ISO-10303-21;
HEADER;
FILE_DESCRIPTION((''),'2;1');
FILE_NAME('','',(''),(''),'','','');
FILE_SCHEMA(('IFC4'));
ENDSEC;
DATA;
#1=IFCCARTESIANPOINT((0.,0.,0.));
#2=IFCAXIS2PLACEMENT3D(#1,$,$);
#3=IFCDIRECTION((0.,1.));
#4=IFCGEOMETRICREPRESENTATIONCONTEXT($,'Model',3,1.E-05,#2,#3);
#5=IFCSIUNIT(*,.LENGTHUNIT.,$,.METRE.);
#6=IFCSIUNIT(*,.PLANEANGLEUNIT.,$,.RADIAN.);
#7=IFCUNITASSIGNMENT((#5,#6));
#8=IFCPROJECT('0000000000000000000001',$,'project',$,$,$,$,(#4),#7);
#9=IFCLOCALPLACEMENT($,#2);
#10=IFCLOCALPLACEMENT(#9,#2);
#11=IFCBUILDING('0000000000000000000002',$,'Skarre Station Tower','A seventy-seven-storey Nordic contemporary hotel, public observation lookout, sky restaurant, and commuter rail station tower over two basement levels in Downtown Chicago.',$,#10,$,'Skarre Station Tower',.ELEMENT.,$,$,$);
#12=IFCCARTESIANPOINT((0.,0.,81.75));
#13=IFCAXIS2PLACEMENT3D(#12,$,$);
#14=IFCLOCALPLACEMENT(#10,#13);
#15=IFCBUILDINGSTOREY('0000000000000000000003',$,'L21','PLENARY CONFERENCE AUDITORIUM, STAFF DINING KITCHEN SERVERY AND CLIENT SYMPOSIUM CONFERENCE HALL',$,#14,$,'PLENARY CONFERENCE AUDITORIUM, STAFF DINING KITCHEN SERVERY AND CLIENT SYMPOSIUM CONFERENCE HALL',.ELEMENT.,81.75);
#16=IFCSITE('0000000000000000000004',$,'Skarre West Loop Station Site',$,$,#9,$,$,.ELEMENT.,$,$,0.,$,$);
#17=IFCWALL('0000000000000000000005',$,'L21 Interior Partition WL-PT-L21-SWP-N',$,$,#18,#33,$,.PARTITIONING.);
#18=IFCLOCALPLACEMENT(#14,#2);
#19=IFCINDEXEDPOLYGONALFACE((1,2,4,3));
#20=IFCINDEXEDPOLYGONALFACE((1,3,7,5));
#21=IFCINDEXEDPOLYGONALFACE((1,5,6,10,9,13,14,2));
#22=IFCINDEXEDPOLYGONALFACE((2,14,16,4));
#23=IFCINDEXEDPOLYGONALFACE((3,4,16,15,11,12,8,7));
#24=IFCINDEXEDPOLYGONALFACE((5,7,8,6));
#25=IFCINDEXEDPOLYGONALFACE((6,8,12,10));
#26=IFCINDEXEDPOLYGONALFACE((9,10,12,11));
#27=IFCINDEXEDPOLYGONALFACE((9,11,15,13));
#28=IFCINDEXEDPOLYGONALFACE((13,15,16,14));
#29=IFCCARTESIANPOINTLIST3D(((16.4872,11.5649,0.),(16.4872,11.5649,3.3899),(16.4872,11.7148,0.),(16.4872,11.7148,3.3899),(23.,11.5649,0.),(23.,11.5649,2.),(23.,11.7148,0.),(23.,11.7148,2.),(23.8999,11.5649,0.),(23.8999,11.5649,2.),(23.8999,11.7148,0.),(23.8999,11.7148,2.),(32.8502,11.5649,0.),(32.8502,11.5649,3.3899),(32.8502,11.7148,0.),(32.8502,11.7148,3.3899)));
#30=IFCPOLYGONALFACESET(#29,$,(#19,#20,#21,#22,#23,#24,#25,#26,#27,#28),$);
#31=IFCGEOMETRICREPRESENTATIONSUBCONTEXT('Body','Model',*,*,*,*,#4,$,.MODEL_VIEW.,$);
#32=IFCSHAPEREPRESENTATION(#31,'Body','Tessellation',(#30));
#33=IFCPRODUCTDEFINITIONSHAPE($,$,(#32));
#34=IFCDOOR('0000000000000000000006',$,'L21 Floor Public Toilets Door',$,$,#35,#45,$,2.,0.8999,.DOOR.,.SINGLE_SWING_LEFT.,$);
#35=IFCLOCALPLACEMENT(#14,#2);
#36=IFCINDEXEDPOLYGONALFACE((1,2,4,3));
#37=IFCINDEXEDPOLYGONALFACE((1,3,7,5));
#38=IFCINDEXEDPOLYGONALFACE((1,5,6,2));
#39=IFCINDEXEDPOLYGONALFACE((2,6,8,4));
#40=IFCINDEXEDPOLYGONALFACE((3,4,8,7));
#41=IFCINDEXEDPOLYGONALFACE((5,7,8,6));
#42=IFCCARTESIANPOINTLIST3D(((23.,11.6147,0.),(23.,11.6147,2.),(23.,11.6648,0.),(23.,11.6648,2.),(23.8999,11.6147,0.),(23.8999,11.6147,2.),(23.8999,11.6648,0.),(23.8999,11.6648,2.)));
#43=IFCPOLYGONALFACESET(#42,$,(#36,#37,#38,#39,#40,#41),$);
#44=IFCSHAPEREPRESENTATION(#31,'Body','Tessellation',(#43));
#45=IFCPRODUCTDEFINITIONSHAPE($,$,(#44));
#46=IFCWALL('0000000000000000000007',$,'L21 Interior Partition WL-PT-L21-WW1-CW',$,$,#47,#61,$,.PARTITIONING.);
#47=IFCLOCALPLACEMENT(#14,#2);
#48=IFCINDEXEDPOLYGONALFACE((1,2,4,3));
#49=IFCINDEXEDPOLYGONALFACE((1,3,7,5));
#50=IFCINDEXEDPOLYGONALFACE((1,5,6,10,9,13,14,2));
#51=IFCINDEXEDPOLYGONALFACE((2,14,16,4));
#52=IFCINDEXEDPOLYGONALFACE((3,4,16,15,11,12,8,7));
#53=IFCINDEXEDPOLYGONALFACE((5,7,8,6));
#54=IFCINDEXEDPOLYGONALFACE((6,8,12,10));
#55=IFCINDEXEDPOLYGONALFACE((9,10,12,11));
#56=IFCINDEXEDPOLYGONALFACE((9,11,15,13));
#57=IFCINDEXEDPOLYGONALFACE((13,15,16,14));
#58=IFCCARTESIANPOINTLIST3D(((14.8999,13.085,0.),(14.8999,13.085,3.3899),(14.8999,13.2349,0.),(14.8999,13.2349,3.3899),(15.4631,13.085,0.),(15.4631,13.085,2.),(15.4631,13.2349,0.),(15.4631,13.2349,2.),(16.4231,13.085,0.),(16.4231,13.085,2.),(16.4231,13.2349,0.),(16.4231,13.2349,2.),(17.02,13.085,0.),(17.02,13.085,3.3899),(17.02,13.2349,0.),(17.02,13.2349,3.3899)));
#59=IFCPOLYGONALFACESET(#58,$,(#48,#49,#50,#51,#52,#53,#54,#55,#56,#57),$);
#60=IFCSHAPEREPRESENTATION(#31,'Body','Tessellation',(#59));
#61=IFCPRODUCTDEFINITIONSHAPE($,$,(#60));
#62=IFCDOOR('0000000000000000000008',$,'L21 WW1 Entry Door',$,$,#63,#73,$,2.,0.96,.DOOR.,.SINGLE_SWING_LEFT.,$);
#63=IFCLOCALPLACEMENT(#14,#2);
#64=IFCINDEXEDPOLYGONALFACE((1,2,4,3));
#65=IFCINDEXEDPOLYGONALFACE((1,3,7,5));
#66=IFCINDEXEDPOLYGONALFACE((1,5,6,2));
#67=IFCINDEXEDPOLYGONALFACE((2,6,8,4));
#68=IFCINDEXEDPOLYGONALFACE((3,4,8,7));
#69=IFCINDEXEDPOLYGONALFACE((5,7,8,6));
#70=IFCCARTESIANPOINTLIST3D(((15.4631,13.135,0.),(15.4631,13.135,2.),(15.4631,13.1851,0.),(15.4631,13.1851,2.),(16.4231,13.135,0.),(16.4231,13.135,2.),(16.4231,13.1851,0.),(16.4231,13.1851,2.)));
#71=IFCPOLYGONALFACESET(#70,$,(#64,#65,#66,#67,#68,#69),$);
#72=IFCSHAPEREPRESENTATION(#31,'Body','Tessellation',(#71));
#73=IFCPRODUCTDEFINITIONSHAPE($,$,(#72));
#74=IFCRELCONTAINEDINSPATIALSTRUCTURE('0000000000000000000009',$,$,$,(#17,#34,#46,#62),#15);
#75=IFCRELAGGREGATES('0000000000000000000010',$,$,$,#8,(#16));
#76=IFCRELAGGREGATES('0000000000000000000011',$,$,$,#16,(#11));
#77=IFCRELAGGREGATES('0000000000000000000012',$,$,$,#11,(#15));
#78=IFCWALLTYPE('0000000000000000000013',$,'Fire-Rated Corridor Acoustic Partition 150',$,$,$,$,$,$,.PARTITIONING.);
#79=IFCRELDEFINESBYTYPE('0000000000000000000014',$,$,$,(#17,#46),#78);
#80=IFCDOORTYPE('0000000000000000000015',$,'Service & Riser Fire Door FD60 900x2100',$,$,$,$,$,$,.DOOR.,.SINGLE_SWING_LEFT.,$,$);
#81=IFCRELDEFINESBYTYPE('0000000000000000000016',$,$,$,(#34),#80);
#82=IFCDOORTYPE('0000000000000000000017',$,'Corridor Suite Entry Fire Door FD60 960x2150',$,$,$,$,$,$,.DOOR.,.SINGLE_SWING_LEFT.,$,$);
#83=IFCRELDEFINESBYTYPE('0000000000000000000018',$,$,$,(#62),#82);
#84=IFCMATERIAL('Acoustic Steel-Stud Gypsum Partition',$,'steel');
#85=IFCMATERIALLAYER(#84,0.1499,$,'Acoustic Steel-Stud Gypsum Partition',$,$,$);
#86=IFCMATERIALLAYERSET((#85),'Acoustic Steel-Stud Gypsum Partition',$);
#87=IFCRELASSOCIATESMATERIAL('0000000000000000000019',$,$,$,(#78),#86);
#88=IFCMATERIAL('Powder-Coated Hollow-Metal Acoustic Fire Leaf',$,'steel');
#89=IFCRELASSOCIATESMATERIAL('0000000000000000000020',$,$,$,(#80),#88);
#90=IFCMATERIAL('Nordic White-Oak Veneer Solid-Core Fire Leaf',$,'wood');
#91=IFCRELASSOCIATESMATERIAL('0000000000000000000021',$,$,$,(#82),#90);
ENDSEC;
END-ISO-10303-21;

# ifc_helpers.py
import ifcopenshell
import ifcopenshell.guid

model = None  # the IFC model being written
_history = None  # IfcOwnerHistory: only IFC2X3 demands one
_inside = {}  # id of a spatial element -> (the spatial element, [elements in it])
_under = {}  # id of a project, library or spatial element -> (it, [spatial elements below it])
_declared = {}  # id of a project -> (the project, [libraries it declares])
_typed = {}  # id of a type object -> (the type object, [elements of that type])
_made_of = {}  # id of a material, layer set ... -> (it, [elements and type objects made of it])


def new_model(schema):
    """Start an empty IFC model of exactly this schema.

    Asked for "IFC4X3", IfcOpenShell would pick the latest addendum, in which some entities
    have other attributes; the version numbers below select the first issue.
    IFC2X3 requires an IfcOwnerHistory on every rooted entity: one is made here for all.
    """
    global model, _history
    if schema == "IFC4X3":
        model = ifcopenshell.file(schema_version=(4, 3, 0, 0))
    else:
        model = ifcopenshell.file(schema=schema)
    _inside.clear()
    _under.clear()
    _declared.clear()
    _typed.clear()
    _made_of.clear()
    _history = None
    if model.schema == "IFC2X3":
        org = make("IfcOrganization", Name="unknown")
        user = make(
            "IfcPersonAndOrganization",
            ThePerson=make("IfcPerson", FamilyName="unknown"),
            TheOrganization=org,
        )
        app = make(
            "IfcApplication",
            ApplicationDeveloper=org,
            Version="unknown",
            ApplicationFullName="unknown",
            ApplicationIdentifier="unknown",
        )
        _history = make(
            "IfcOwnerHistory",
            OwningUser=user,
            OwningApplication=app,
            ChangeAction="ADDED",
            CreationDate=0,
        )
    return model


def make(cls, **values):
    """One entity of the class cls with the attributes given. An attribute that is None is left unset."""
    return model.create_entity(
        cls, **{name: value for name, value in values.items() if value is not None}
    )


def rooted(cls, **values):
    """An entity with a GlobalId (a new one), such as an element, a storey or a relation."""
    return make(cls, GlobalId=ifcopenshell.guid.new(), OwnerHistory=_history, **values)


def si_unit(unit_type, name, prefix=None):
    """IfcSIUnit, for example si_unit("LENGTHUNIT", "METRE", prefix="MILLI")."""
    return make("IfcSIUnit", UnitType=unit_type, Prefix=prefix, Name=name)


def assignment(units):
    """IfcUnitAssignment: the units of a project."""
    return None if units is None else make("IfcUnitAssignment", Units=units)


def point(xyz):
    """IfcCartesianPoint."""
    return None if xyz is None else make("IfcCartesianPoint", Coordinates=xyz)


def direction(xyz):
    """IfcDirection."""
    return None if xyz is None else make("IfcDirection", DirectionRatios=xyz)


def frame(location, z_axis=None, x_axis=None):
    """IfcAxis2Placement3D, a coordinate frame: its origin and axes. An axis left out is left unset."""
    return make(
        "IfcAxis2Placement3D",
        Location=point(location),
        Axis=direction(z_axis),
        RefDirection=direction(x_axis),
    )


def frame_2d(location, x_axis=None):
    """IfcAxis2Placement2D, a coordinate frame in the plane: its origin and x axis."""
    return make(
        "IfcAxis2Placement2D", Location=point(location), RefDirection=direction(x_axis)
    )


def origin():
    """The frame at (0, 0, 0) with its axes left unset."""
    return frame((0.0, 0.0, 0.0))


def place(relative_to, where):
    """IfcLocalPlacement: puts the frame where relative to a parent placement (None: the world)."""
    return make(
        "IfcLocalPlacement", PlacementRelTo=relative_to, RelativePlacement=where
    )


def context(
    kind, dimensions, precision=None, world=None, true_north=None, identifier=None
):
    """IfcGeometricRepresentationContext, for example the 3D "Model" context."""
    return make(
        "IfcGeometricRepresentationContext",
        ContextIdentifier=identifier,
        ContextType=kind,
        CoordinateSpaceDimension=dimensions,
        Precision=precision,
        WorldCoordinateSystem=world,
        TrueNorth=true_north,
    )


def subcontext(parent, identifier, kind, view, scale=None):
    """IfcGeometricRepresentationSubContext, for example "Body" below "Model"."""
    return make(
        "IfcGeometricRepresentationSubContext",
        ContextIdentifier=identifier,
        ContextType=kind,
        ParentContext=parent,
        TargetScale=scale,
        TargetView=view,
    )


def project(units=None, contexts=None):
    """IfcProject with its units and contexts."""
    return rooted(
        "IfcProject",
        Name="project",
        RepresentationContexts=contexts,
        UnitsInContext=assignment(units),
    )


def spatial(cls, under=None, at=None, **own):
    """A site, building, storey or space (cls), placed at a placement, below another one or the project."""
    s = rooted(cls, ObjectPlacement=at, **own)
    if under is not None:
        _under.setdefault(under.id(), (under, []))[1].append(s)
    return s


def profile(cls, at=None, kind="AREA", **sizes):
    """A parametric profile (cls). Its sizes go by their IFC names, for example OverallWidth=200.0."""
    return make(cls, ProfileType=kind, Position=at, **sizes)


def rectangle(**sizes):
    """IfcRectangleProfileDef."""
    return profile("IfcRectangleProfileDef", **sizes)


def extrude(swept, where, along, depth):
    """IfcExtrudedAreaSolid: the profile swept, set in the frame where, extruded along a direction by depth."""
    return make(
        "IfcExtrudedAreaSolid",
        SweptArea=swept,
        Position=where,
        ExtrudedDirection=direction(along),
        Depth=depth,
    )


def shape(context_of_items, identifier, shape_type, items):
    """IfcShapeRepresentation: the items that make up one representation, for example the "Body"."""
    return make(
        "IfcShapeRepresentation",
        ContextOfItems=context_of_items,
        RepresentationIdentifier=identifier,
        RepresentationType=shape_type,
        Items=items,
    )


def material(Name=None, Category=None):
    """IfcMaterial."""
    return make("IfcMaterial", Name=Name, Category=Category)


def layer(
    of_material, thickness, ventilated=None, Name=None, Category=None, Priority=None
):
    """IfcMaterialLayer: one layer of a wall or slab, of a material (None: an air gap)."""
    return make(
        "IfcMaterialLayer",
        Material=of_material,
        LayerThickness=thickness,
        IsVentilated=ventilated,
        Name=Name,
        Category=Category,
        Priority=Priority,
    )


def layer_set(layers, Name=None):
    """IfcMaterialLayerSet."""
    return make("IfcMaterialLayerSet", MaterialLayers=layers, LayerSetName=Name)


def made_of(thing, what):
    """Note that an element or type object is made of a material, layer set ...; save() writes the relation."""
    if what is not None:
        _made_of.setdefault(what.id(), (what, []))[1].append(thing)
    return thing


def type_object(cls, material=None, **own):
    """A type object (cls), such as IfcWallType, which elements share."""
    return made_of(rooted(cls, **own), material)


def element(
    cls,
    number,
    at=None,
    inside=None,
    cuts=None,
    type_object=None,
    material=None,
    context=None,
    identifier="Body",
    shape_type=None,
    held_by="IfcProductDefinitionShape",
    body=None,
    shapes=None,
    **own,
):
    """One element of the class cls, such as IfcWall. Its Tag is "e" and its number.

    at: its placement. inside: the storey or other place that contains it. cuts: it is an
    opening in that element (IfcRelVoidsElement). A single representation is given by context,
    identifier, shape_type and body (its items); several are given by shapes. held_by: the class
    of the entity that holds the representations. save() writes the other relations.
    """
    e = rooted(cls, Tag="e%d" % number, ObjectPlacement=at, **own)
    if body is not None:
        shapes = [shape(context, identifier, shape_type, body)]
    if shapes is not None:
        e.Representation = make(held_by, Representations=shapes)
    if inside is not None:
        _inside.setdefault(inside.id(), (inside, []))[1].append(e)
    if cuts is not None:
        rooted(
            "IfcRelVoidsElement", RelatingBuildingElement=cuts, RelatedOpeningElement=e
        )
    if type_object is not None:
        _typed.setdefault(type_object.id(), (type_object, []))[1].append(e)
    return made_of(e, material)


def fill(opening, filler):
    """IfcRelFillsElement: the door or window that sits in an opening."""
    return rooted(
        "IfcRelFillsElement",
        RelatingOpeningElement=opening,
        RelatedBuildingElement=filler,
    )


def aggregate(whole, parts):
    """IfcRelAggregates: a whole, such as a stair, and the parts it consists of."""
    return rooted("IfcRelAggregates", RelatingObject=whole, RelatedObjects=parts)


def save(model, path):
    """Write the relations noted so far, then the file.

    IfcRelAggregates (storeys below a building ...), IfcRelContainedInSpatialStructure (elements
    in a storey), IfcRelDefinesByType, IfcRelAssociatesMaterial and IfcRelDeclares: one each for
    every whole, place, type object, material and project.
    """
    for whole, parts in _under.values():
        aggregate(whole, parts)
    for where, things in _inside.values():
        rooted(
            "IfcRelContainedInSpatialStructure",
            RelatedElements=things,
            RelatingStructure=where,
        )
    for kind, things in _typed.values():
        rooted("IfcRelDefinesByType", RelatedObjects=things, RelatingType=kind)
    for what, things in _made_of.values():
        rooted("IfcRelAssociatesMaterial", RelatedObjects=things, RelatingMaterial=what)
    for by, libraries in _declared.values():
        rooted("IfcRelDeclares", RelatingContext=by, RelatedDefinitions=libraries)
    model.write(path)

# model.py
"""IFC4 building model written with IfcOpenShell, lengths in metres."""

from ifc_helpers import new_model, si_unit, direction, frame, frame_2d, origin, place, context, subcontext, project, spatial, rectangle, extrude, material, layer, layer_set, type_object, element, fill, save


model = new_model("IFC4")

# Units and contexts
model_context = context("Model", 3, precision=1e-05, world=origin(), true_north=direction((0.0, 1.0)))
body_context = subcontext(model_context, "Body", "Model", "MODEL_VIEW")
ifc_project = project(units=[si_unit("LENGTHUNIT", "METRE"), si_unit("PLANEANGLEUNIT", "RADIAN")], contexts=[model_context])

# Site, building, storey
site_placement = place(None, origin())
site = spatial("IfcSite", under=ifc_project, at=site_placement, Name="Skarre West Loop Station Site", CompositionType="ELEMENT", RefElevation=0.0)
building_placement = place(site_placement, origin())
building = spatial("IfcBuilding", under=site, at=building_placement, Name="Skarre Station Tower", Description="A seventy-seven-storey Nordic contemporary hotel, public observation lookout, sky restaurant, and commuter rail station tower over two basement levels in Downtown Chicago.", LongName="Skarre Station Tower", CompositionType="ELEMENT")
storey_placement = place(building_placement, frame((0.0, 0.0, 81.75)))
storey = spatial("IfcBuildingStorey", under=building, at=storey_placement, Name="L21", Description="PLENARY CONFERENCE AUDITORIUM, STAFF DINING KITCHEN SERVERY AND CLIENT SYMPOSIUM CONFERENCE HALL", LongName="PLENARY CONFERENCE AUDITORIUM, STAFF DINING KITCHEN SERVERY AND CLIENT SYMPOSIUM CONFERENCE HALL", CompositionType="ELEMENT", Elevation=81.75)

# Shared definitions
ifc_material_1 = material(Name="Acoustic Steel-Stud Gypsum Partition", Category="steel")
ifc_layer_1 = layer(ifc_material_1, 0.1499, Name="Acoustic Steel-Stud Gypsum Partition")
ifc_layer_set_1 = layer_set([ifc_layer_1], Name="Acoustic Steel-Stud Gypsum Partition")
wall_type_1 = type_object("IfcWallType", Name="Fire-Rated Corridor Acoustic Partition 150", PredefinedType="PARTITIONING", material=ifc_layer_set_1)

# Walls, openings, doors
wall_1_placement = place(storey_placement, frame((16.4871, 11.6399, 0.0), z_axis=(0.0, 0.0, 1.0), x_axis=(1.0, 0.0, 0.0)))
wall_1 = element("IfcWall", 1, at=wall_1_placement, inside=storey, type_object=wall_type_1, Name="L21 Interior Partition WL-PT-L21-SWP-N", PredefinedType="PARTITIONING", context=body_context, shape_type="SweptSolid", body=[
    extrude(rectangle(XDim=16.363, YDim=0.1499, at=frame_2d((8.1816, 0.0))), origin(), (0.0, 0.0, 1.0), 3.3899),
])
opening_1_placement = place(wall_1_placement, frame((6.5129, 0.0, 0.0)))
opening_1 = element("IfcOpeningElement", 2, at=opening_1_placement, cuts=wall_1, PredefinedType="OPENING", context=body_context, shape_type="SweptSolid", body=[
    extrude(rectangle(XDim=0.8999, YDim=2.0, at=frame_2d((0.45, 1.0))), frame((0.0, 0.085, 0.0), z_axis=(0.0, -1.0, 0.0), x_axis=(1.0, 0.0, 0.0)), (0.0, 0.0, 1.0), 0.1699),
])
ifc_material_2 = material(Name="Powder-Coated Hollow-Metal Acoustic Fire Leaf", Category="steel")
door_type_1 = type_object("IfcDoorType", Name="Service & Riser Fire Door FD60 900x2100", OperationType="SINGLE_SWING_LEFT", PredefinedType="DOOR", material=ifc_material_2)
door_1_placement = place(opening_1_placement, origin())
door_1 = element("IfcDoor", 3, at=door_1_placement, inside=storey, type_object=door_type_1, Name="L21 Floor Public Toilets Door", OperationType="SINGLE_SWING_LEFT", OverallHeight=2.0, OverallWidth=0.8999, PredefinedType="DOOR", context=body_context, shape_type="SweptSolid", body=[
    extrude(rectangle(XDim=0.8999, YDim=2.0, at=frame_2d((0.45, 1.0))), frame((0.0, 0.0249, 0.0), z_axis=(0.0, -1.0, 0.0), x_axis=(1.0, 0.0, 0.0)), (0.0, 0.0, 1.0), 0.05),
])
fill(opening_1, door_1)
wall_2_placement = place(storey_placement, frame((17.02, 13.1599, 0.0), z_axis=(0.0, 0.0, 1.0), x_axis=(-1.0, 0.0, 0.0)))
wall_2 = element("IfcWall", 4, at=wall_2_placement, inside=storey, type_object=wall_type_1, Name="L21 Interior Partition WL-PT-L21-WW1-CW", PredefinedType="PARTITIONING", context=body_context, shape_type="SweptSolid", body=[
    extrude(rectangle(XDim=2.1201, YDim=0.1499, at=frame_2d((1.0601, 0.0))), origin(), (0.0, 0.0, 1.0), 3.3899),
])
opening_2_placement = place(wall_2_placement, frame((0.5969, 0.0, 0.0)))
opening_2 = element("IfcOpeningElement", 5, at=opening_2_placement, cuts=wall_2, PredefinedType="OPENING", context=body_context, shape_type="SweptSolid", body=[
    extrude(rectangle(XDim=0.96, YDim=2.0, at=frame_2d((0.48, 1.0))), frame((0.0, 0.085, 0.0), z_axis=(0.0, -1.0, 0.0), x_axis=(1.0, 0.0, 0.0)), (0.0, 0.0, 1.0), 0.1699),
])
ifc_material_3 = material(Name="Nordic White-Oak Veneer Solid-Core Fire Leaf", Category="wood")
door_type_2 = type_object("IfcDoorType", Name="Corridor Suite Entry Fire Door FD60 960x2150", OperationType="SINGLE_SWING_LEFT", PredefinedType="DOOR", material=ifc_material_3)
door_2_placement = place(opening_2_placement, origin())
door_2 = element("IfcDoor", 6, at=door_2_placement, inside=storey, type_object=door_type_2, Name="L21 WW1 Entry Door", OperationType="SINGLE_SWING_LEFT", OverallHeight=2.0, OverallWidth=0.96, PredefinedType="DOOR", context=body_context, shape_type="SweptSolid", body=[
    extrude(rectangle(XDim=0.96, YDim=2.0, at=frame_2d((0.48, 1.0))), frame((0.0, 0.0249, 0.0), z_axis=(0.0, -1.0, 0.0), x_axis=(1.0, 0.0, 0.0)), (0.0, 0.0, 1.0), 0.05),
])
fill(opening_2, door_2)

save(model, "model.ifc")
